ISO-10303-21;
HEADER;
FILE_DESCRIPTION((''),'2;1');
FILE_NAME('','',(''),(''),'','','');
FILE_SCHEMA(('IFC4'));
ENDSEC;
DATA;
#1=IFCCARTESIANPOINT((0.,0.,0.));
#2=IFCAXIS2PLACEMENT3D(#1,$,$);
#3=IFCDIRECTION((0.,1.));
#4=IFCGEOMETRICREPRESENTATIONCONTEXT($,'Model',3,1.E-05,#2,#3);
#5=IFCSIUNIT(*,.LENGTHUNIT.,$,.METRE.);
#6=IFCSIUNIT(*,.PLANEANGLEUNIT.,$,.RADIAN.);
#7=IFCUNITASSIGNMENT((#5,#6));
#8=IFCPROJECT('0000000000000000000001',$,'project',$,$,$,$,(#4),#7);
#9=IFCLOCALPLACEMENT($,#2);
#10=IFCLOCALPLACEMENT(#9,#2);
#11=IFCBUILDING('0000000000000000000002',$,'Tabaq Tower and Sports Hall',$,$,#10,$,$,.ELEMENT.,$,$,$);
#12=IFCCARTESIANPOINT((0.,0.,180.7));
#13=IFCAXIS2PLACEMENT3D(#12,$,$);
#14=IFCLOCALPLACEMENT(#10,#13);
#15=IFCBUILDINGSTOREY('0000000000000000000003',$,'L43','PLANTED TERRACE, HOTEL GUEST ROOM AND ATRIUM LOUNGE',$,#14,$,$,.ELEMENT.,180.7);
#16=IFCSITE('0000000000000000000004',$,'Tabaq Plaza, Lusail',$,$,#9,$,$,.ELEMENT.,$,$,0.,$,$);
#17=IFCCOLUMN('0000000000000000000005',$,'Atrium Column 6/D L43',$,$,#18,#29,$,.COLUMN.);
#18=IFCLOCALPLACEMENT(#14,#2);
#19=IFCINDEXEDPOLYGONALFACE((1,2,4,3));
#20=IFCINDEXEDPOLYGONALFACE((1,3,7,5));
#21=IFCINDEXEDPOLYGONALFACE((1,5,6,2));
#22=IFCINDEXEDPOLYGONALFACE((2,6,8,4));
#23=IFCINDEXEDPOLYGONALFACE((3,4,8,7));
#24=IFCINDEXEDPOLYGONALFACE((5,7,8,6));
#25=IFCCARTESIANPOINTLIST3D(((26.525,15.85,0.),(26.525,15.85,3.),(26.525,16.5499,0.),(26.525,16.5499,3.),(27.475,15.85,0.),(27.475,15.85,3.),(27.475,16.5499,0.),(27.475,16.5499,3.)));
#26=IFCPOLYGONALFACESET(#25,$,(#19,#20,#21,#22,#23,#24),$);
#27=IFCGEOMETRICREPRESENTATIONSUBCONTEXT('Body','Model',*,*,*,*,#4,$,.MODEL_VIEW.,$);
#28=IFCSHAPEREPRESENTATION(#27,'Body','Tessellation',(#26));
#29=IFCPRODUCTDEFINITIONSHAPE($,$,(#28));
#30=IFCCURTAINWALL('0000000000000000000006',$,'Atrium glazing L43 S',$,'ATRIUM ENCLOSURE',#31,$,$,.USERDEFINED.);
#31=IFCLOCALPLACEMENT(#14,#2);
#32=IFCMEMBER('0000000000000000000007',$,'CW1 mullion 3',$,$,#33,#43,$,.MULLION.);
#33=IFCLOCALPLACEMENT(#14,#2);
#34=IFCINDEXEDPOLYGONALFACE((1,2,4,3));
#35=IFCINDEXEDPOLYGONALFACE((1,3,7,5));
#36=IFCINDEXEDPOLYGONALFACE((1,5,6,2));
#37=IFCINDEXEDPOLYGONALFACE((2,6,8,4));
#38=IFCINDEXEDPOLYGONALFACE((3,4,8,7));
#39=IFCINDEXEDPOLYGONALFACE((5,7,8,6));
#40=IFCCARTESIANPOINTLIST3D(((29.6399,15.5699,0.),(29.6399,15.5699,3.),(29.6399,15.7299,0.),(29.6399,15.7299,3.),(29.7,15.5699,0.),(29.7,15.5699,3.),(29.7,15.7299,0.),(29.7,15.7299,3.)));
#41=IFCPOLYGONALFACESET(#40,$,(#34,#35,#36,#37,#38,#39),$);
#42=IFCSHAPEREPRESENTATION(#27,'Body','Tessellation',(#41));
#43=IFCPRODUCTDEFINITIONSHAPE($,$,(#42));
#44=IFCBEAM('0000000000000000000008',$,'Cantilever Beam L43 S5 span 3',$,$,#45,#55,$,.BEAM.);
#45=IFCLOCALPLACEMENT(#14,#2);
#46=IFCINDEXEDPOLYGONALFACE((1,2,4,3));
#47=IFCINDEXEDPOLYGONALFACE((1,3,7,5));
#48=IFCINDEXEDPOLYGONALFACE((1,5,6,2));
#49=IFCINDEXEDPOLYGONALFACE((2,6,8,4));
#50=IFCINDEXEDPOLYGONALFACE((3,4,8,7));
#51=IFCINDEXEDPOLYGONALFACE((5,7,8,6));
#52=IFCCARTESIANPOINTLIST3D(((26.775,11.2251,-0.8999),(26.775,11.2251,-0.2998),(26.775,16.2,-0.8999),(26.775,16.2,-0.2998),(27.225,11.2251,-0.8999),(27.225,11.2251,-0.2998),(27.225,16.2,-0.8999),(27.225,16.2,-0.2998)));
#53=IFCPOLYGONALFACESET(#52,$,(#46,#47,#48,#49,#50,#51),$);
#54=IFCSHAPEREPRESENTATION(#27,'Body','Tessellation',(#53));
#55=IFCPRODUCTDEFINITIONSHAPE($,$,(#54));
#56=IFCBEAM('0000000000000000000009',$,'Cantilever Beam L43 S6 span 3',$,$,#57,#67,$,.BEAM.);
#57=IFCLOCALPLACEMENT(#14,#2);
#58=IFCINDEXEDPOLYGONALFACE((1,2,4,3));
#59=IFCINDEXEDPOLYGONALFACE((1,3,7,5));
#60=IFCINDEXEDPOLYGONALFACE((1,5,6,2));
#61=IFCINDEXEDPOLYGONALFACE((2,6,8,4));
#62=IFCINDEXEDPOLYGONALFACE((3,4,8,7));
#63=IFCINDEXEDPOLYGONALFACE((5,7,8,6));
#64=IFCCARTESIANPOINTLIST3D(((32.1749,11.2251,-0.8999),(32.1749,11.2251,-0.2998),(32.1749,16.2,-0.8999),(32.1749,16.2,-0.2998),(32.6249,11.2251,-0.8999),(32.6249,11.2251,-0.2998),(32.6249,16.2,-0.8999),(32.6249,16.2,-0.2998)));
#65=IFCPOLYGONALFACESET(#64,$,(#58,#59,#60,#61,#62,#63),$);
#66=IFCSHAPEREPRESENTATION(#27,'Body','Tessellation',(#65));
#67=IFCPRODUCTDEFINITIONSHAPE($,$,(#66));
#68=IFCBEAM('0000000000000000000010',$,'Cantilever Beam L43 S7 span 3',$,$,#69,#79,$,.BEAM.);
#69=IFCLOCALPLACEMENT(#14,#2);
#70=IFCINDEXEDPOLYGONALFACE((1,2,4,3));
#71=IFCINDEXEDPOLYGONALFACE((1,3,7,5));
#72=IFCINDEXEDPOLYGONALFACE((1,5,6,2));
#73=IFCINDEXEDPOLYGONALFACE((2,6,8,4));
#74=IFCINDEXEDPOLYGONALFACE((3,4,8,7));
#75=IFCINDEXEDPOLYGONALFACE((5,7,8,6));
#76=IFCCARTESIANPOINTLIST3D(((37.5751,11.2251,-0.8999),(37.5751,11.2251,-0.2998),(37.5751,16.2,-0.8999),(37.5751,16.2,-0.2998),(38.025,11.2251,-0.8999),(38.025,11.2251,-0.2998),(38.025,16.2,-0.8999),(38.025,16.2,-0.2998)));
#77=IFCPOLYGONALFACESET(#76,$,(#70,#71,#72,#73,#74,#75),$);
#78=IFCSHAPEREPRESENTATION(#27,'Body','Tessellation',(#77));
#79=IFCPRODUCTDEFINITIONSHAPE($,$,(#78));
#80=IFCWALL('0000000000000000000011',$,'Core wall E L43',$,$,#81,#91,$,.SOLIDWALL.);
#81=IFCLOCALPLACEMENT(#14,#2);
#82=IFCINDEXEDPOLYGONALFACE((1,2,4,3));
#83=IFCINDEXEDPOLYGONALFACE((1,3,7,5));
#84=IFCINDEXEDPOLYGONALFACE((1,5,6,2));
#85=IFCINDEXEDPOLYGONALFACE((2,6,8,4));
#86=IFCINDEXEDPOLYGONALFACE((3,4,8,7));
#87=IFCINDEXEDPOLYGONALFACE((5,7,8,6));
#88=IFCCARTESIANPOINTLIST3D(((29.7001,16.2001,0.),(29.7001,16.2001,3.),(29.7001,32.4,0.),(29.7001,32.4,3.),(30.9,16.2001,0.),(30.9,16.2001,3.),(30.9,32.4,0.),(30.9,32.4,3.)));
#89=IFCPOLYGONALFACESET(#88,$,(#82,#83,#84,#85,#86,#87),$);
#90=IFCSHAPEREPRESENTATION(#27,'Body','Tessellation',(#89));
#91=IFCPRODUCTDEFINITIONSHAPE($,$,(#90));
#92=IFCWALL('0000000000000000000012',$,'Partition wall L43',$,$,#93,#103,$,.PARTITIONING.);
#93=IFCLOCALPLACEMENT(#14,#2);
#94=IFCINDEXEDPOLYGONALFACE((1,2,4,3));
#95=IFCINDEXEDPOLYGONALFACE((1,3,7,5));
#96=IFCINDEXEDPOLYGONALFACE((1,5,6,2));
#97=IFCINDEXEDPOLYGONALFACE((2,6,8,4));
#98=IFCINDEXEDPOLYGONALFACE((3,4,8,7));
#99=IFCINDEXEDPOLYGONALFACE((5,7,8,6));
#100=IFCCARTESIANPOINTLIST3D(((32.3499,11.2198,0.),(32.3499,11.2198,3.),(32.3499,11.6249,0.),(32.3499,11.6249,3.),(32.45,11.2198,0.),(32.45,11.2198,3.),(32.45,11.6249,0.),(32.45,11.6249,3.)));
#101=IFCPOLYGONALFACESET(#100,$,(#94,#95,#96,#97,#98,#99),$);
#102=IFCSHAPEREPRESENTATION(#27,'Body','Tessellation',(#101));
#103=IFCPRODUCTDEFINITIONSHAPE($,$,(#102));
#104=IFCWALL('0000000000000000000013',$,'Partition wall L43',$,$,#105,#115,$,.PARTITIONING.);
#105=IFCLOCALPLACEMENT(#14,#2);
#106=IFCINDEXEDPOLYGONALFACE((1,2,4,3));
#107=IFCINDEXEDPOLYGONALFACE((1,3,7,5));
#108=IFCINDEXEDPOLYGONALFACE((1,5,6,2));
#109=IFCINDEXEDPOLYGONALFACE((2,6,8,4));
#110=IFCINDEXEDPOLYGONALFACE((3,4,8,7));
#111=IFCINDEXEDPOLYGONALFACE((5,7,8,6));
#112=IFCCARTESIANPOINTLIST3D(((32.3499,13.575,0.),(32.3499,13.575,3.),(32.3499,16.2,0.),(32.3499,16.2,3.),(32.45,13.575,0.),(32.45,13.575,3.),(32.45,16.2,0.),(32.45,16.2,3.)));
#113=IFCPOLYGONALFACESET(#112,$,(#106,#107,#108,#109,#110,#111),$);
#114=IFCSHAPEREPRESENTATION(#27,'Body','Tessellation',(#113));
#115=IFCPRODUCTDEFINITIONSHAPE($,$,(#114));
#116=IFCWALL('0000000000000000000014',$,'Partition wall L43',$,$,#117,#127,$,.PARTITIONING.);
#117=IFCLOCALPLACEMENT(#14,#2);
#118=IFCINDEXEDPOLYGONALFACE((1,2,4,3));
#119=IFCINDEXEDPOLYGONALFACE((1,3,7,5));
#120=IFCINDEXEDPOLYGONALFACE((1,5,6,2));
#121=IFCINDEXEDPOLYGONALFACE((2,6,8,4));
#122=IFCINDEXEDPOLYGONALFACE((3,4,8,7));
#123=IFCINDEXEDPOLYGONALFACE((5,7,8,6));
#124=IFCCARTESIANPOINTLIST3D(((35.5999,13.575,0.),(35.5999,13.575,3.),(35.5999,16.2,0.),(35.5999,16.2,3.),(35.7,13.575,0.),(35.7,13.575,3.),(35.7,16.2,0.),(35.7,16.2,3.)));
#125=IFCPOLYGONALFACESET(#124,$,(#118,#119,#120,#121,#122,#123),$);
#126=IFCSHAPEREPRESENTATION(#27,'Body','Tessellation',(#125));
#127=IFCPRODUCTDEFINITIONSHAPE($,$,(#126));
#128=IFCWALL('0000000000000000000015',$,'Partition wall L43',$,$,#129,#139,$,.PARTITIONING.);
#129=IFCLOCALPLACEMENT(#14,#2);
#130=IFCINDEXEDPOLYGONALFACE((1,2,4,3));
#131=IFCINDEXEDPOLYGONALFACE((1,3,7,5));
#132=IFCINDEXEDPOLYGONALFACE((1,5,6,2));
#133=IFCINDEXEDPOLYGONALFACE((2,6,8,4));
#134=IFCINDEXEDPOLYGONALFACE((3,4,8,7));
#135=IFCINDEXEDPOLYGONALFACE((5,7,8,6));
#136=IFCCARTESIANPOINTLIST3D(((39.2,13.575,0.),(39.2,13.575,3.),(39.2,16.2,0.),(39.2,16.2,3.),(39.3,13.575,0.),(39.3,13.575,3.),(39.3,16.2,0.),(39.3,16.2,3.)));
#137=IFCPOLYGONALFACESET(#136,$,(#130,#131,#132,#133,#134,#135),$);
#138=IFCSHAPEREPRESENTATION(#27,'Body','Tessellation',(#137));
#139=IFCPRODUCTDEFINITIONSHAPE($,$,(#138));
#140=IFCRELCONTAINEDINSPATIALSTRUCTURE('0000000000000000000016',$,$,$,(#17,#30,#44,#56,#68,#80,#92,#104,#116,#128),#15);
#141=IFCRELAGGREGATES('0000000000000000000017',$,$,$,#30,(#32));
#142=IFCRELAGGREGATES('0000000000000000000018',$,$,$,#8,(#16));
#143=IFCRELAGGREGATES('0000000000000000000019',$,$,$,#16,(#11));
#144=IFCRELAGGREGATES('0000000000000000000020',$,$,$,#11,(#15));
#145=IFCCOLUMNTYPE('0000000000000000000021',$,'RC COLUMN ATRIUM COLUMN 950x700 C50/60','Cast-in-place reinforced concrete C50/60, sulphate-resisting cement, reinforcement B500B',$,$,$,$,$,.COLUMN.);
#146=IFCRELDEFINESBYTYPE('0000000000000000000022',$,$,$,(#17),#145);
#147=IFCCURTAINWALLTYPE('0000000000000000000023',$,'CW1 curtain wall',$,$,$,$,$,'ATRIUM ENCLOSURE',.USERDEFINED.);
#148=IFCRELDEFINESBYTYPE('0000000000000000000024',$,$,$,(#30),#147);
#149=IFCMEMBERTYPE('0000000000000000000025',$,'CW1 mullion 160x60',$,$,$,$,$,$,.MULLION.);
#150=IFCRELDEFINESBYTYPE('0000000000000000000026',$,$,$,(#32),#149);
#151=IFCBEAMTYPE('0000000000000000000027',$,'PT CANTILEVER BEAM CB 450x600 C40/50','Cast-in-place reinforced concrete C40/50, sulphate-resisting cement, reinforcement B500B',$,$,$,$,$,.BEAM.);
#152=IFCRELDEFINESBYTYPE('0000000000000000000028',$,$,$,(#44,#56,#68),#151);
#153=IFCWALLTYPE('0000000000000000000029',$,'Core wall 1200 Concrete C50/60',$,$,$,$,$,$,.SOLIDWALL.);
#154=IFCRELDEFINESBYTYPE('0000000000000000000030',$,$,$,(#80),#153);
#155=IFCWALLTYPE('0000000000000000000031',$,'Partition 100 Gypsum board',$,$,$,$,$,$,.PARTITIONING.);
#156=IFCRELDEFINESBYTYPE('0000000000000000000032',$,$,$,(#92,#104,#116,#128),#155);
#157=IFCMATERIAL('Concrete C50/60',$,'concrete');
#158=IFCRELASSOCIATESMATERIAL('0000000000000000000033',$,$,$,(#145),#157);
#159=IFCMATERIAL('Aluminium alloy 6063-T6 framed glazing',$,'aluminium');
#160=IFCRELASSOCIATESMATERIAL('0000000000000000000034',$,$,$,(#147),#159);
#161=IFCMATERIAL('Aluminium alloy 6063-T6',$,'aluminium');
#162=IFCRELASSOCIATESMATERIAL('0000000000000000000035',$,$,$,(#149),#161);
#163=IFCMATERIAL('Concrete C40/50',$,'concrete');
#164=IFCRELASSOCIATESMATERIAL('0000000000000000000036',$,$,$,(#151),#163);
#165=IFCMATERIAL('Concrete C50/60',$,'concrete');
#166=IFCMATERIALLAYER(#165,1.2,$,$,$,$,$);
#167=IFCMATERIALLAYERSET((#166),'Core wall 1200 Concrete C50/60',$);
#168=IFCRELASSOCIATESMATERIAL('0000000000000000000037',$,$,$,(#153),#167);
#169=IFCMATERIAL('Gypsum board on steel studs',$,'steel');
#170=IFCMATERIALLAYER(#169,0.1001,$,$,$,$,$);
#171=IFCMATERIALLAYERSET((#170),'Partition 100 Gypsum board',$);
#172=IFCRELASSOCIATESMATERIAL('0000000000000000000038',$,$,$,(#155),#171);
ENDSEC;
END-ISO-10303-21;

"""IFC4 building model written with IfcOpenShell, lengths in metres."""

from ifc_helpers import new_model, si_unit, direction, frame, frame_2d, origin, origin_2d, place, context, subcontext, project, spatial, rectangle, extrude, material, layer, layer_set, material_profile, profile_set, type_object, element, aggregate, save


model = new_model("IFC4")

# Units and contexts
model_context = context("Model", 3, precision=1e-05, world=origin(), true_north=direction((0.0, 1.0)))
body_context = subcontext(model_context, "Body", "Model", "MODEL_VIEW")
ifc_project = project(units=[si_unit("LENGTHUNIT", "METRE"), si_unit("PLANEANGLEUNIT", "RADIAN")], contexts=[model_context])

# Site, building, storey
site_placement = place(None, origin())
site = spatial("IfcSite", under=ifc_project, at=site_placement, Name="Tabaq Plaza, Lusail", CompositionType="ELEMENT", RefElevation=0.0)
building_placement = place(site_placement, origin())
building = spatial("IfcBuilding", under=site, at=building_placement, Name="Tabaq Tower and Sports Hall", CompositionType="ELEMENT")
storey_placement = place(building_placement, frame((0.0, 0.0, 180.7)))
storey = spatial("IfcBuildingStorey", under=building, at=storey_placement, Name="L43", Description="PLANTED TERRACE, HOTEL GUEST ROOM AND ATRIUM LOUNGE", CompositionType="ELEMENT", Elevation=180.7)

# Column
ifc_material_1 = material(Name="Concrete C50/60", Category="concrete")
ifc_material_profile_1 = material_profile(ifc_material_1, rectangle(XDim=0.95, YDim=0.7, at=origin_2d()), Name="ATRIUM COLUMN 950x700")
ifc_profile_set_1 = profile_set([ifc_material_profile_1], Name="Concrete C50/60")
column_type = type_object("IfcColumnType", Name="RC COLUMN ATRIUM COLUMN 950x700 C50/60", Description="Cast-in-place reinforced concrete C50/60, sulphate-resisting cement, reinforcement B500B", PredefinedType="COLUMN", material=ifc_profile_set_1)
column_placement = place(storey_placement, frame((27.0, 16.2, 0.0), z_axis=(0.0, 0.0, 1.0), x_axis=(1.0, 0.0, 0.0)))
element("IfcColumn", 1, at=column_placement, inside=storey, type_object=column_type, Name="Atrium Column 6/D L43", PredefinedType="COLUMN", context=body_context, shape_type="SweptSolid", body=[
    extrude(rectangle(XDim=0.95, YDim=0.7, at=origin_2d()), origin(), (0.0, 0.0, 1.0), 3.0),
])

# Curtain wall, member
ifc_material_2 = material(Name="Aluminium alloy 6063-T6 framed glazing", Category="aluminium")
curtain_wall_type = type_object("IfcCurtainWallType", Name="CW1 curtain wall", ElementType="ATRIUM ENCLOSURE", PredefinedType="USERDEFINED", material=ifc_material_2)
curtain_wall_placement = place(storey_placement, origin())
curtain_wall = element("IfcCurtainWall", 2, at=curtain_wall_placement, inside=storey, type_object=curtain_wall_type, Name="Atrium glazing L43 S", ObjectType="ATRIUM ENCLOSURE", PredefinedType="USERDEFINED")
ifc_material_3 = material(Name="Aluminium alloy 6063-T6", Category="aluminium")
ifc_material_profile_2 = material_profile(ifc_material_3, rectangle(XDim=0.1599, YDim=0.0601, at=origin_2d()), Name="MULLION 160x60")
ifc_profile_set_2 = profile_set([ifc_material_profile_2], Name="Aluminium alloy 6063-T6")
member_type = type_object("IfcMemberType", Name="CW1 mullion 160x60", PredefinedType="MULLION", material=ifc_profile_set_2)
member_placement = place(storey_placement, frame((29.6699, 15.6499, 0.0), z_axis=(0.0, 0.0, 1.0), x_axis=(0.0, 1.0, 0.0)))
member = element("IfcMember", 3, at=member_placement, type_object=member_type, Name="CW1 mullion 3", PredefinedType="MULLION", context=body_context, shape_type="SweptSolid", body=[
    extrude(rectangle(XDim=0.1599, YDim=0.0601, at=origin_2d()), origin(), (0.0, 0.0, 1.0), 3.0),
])
aggregate(curtain_wall, [member])

# Beams
ifc_material_4 = material(Name="Concrete C40/50", Category="concrete")
ifc_material_profile_3 = material_profile(ifc_material_4, rectangle(XDim=0.45, YDim=0.6001, at=origin_2d()), Name="CB 450x600")
ifc_profile_set_3 = profile_set([ifc_material_profile_3], Name="Concrete C40/50")
beam_type = type_object("IfcBeamType", Name="PT CANTILEVER BEAM CB 450x600 C40/50", Description="Cast-in-place reinforced concrete C40/50, sulphate-resisting cement, reinforcement B500B", PredefinedType="BEAM", material=ifc_profile_set_3)
for number, where, z_axis, x_axis, name in (
    (4, (27.0, 11.2251, -0.5999), (0.0, 1.0, 0.0), (-1.0, 0.0, 0.0), "Cantilever Beam L43 S5 span 3"),
    (5, (32.3999, 11.2251, -0.5999), (0.0, 1.0, 0.0), (-1.0, 0.0, 0.0), "Cantilever Beam L43 S6 span 3"),
    (6, (37.8, 11.2251, -0.5999), (0.0, 1.0, 0.0), (-1.0, 0.0, 0.0), "Cantilever Beam L43 S7 span 3"),
):
    element("IfcBeam", number, at=place(storey_placement, frame(where, z_axis=z_axis, x_axis=x_axis)), inside=storey, type_object=beam_type, Name=name, PredefinedType="BEAM", context=body_context, shape_type="SweptSolid", body=[
        extrude(rectangle(XDim=0.45, YDim=0.6001, at=origin_2d()), origin(), (0.0, 0.0, 1.0), 4.9749),
    ])

# Walls
ifc_material_5 = material(Name="Concrete C50/60", Category="concrete")
ifc_layer_1 = layer(ifc_material_5, 1.2)
ifc_layer_set_1 = layer_set([ifc_layer_1], Name="Core wall 1200 Concrete C50/60")
wall_type_1 = type_object("IfcWallType", Name="Core wall 1200 Concrete C50/60", PredefinedType="SOLIDWALL", material=ifc_layer_set_1)
wall_1_placement = place(storey_placement, frame((30.3, 16.2, 0.0), z_axis=(0.0, 0.0, 1.0), x_axis=(0.0, 1.0, 0.0)))
element("IfcWall", 7, at=wall_1_placement, inside=storey, type_object=wall_type_1, Name="Core wall E L43", PredefinedType="SOLIDWALL", context=body_context, shape_type="SweptSolid", body=[
    extrude(rectangle(XDim=16.2, YDim=1.2, at=frame_2d((8.1001, 0.0))), origin(), (0.0, 0.0, 1.0), 3.0),
])
ifc_material_6 = material(Name="Gypsum board on steel studs", Category="steel")
ifc_layer_2 = layer(ifc_material_6, 0.1001)
ifc_layer_set_2 = layer_set([ifc_layer_2], Name="Partition 100 Gypsum board")
wall_type_2 = type_object("IfcWallType", Name="Partition 100 Gypsum board", PredefinedType="PARTITIONING", material=ifc_layer_set_2)
wall_2_placement = place(storey_placement, frame((32.3999, 11.625, 0.0), z_axis=(0.0, 0.0, 1.0), x_axis=(0.0, -1.0, 0.0)))
element("IfcWall", 8, at=wall_2_placement, inside=storey, type_object=wall_type_2, Name="Partition wall L43", PredefinedType="PARTITIONING", context=body_context, shape_type="SweptSolid", body=[
    extrude(rectangle(XDim=0.405, YDim=0.1001, at=frame_2d((0.2026, 0.0))), origin(), (0.0, 0.0, 1.0), 3.0),
])
for number, where, z_axis, x_axis, name in (
    (9, (32.3999, 13.575, 0.0), (0.0, 0.0, 1.0), (0.0, 1.0, 0.0), "Partition wall L43"),
    (10, (35.6499, 16.2, 0.0), (0.0, 0.0, 1.0), (0.0, -1.0, 0.0), "Partition wall L43"),
    (11, (39.25, 13.575, 0.0), (0.0, 0.0, 1.0), (0.0, 1.0, 0.0), "Partition wall L43"),
):
    element("IfcWall", number, at=place(storey_placement, frame(where, z_axis=z_axis, x_axis=x_axis)), inside=storey, type_object=wall_type_2, Name=name, PredefinedType="PARTITIONING", context=body_context, shape_type="SweptSolid", body=[
        extrude(rectangle(XDim=2.625, YDim=0.1001, at=frame_2d((1.3125, 0.0))), origin(), (0.0, 0.0, 1.0), 3.0),
    ])

save(model, "model.ifc")
